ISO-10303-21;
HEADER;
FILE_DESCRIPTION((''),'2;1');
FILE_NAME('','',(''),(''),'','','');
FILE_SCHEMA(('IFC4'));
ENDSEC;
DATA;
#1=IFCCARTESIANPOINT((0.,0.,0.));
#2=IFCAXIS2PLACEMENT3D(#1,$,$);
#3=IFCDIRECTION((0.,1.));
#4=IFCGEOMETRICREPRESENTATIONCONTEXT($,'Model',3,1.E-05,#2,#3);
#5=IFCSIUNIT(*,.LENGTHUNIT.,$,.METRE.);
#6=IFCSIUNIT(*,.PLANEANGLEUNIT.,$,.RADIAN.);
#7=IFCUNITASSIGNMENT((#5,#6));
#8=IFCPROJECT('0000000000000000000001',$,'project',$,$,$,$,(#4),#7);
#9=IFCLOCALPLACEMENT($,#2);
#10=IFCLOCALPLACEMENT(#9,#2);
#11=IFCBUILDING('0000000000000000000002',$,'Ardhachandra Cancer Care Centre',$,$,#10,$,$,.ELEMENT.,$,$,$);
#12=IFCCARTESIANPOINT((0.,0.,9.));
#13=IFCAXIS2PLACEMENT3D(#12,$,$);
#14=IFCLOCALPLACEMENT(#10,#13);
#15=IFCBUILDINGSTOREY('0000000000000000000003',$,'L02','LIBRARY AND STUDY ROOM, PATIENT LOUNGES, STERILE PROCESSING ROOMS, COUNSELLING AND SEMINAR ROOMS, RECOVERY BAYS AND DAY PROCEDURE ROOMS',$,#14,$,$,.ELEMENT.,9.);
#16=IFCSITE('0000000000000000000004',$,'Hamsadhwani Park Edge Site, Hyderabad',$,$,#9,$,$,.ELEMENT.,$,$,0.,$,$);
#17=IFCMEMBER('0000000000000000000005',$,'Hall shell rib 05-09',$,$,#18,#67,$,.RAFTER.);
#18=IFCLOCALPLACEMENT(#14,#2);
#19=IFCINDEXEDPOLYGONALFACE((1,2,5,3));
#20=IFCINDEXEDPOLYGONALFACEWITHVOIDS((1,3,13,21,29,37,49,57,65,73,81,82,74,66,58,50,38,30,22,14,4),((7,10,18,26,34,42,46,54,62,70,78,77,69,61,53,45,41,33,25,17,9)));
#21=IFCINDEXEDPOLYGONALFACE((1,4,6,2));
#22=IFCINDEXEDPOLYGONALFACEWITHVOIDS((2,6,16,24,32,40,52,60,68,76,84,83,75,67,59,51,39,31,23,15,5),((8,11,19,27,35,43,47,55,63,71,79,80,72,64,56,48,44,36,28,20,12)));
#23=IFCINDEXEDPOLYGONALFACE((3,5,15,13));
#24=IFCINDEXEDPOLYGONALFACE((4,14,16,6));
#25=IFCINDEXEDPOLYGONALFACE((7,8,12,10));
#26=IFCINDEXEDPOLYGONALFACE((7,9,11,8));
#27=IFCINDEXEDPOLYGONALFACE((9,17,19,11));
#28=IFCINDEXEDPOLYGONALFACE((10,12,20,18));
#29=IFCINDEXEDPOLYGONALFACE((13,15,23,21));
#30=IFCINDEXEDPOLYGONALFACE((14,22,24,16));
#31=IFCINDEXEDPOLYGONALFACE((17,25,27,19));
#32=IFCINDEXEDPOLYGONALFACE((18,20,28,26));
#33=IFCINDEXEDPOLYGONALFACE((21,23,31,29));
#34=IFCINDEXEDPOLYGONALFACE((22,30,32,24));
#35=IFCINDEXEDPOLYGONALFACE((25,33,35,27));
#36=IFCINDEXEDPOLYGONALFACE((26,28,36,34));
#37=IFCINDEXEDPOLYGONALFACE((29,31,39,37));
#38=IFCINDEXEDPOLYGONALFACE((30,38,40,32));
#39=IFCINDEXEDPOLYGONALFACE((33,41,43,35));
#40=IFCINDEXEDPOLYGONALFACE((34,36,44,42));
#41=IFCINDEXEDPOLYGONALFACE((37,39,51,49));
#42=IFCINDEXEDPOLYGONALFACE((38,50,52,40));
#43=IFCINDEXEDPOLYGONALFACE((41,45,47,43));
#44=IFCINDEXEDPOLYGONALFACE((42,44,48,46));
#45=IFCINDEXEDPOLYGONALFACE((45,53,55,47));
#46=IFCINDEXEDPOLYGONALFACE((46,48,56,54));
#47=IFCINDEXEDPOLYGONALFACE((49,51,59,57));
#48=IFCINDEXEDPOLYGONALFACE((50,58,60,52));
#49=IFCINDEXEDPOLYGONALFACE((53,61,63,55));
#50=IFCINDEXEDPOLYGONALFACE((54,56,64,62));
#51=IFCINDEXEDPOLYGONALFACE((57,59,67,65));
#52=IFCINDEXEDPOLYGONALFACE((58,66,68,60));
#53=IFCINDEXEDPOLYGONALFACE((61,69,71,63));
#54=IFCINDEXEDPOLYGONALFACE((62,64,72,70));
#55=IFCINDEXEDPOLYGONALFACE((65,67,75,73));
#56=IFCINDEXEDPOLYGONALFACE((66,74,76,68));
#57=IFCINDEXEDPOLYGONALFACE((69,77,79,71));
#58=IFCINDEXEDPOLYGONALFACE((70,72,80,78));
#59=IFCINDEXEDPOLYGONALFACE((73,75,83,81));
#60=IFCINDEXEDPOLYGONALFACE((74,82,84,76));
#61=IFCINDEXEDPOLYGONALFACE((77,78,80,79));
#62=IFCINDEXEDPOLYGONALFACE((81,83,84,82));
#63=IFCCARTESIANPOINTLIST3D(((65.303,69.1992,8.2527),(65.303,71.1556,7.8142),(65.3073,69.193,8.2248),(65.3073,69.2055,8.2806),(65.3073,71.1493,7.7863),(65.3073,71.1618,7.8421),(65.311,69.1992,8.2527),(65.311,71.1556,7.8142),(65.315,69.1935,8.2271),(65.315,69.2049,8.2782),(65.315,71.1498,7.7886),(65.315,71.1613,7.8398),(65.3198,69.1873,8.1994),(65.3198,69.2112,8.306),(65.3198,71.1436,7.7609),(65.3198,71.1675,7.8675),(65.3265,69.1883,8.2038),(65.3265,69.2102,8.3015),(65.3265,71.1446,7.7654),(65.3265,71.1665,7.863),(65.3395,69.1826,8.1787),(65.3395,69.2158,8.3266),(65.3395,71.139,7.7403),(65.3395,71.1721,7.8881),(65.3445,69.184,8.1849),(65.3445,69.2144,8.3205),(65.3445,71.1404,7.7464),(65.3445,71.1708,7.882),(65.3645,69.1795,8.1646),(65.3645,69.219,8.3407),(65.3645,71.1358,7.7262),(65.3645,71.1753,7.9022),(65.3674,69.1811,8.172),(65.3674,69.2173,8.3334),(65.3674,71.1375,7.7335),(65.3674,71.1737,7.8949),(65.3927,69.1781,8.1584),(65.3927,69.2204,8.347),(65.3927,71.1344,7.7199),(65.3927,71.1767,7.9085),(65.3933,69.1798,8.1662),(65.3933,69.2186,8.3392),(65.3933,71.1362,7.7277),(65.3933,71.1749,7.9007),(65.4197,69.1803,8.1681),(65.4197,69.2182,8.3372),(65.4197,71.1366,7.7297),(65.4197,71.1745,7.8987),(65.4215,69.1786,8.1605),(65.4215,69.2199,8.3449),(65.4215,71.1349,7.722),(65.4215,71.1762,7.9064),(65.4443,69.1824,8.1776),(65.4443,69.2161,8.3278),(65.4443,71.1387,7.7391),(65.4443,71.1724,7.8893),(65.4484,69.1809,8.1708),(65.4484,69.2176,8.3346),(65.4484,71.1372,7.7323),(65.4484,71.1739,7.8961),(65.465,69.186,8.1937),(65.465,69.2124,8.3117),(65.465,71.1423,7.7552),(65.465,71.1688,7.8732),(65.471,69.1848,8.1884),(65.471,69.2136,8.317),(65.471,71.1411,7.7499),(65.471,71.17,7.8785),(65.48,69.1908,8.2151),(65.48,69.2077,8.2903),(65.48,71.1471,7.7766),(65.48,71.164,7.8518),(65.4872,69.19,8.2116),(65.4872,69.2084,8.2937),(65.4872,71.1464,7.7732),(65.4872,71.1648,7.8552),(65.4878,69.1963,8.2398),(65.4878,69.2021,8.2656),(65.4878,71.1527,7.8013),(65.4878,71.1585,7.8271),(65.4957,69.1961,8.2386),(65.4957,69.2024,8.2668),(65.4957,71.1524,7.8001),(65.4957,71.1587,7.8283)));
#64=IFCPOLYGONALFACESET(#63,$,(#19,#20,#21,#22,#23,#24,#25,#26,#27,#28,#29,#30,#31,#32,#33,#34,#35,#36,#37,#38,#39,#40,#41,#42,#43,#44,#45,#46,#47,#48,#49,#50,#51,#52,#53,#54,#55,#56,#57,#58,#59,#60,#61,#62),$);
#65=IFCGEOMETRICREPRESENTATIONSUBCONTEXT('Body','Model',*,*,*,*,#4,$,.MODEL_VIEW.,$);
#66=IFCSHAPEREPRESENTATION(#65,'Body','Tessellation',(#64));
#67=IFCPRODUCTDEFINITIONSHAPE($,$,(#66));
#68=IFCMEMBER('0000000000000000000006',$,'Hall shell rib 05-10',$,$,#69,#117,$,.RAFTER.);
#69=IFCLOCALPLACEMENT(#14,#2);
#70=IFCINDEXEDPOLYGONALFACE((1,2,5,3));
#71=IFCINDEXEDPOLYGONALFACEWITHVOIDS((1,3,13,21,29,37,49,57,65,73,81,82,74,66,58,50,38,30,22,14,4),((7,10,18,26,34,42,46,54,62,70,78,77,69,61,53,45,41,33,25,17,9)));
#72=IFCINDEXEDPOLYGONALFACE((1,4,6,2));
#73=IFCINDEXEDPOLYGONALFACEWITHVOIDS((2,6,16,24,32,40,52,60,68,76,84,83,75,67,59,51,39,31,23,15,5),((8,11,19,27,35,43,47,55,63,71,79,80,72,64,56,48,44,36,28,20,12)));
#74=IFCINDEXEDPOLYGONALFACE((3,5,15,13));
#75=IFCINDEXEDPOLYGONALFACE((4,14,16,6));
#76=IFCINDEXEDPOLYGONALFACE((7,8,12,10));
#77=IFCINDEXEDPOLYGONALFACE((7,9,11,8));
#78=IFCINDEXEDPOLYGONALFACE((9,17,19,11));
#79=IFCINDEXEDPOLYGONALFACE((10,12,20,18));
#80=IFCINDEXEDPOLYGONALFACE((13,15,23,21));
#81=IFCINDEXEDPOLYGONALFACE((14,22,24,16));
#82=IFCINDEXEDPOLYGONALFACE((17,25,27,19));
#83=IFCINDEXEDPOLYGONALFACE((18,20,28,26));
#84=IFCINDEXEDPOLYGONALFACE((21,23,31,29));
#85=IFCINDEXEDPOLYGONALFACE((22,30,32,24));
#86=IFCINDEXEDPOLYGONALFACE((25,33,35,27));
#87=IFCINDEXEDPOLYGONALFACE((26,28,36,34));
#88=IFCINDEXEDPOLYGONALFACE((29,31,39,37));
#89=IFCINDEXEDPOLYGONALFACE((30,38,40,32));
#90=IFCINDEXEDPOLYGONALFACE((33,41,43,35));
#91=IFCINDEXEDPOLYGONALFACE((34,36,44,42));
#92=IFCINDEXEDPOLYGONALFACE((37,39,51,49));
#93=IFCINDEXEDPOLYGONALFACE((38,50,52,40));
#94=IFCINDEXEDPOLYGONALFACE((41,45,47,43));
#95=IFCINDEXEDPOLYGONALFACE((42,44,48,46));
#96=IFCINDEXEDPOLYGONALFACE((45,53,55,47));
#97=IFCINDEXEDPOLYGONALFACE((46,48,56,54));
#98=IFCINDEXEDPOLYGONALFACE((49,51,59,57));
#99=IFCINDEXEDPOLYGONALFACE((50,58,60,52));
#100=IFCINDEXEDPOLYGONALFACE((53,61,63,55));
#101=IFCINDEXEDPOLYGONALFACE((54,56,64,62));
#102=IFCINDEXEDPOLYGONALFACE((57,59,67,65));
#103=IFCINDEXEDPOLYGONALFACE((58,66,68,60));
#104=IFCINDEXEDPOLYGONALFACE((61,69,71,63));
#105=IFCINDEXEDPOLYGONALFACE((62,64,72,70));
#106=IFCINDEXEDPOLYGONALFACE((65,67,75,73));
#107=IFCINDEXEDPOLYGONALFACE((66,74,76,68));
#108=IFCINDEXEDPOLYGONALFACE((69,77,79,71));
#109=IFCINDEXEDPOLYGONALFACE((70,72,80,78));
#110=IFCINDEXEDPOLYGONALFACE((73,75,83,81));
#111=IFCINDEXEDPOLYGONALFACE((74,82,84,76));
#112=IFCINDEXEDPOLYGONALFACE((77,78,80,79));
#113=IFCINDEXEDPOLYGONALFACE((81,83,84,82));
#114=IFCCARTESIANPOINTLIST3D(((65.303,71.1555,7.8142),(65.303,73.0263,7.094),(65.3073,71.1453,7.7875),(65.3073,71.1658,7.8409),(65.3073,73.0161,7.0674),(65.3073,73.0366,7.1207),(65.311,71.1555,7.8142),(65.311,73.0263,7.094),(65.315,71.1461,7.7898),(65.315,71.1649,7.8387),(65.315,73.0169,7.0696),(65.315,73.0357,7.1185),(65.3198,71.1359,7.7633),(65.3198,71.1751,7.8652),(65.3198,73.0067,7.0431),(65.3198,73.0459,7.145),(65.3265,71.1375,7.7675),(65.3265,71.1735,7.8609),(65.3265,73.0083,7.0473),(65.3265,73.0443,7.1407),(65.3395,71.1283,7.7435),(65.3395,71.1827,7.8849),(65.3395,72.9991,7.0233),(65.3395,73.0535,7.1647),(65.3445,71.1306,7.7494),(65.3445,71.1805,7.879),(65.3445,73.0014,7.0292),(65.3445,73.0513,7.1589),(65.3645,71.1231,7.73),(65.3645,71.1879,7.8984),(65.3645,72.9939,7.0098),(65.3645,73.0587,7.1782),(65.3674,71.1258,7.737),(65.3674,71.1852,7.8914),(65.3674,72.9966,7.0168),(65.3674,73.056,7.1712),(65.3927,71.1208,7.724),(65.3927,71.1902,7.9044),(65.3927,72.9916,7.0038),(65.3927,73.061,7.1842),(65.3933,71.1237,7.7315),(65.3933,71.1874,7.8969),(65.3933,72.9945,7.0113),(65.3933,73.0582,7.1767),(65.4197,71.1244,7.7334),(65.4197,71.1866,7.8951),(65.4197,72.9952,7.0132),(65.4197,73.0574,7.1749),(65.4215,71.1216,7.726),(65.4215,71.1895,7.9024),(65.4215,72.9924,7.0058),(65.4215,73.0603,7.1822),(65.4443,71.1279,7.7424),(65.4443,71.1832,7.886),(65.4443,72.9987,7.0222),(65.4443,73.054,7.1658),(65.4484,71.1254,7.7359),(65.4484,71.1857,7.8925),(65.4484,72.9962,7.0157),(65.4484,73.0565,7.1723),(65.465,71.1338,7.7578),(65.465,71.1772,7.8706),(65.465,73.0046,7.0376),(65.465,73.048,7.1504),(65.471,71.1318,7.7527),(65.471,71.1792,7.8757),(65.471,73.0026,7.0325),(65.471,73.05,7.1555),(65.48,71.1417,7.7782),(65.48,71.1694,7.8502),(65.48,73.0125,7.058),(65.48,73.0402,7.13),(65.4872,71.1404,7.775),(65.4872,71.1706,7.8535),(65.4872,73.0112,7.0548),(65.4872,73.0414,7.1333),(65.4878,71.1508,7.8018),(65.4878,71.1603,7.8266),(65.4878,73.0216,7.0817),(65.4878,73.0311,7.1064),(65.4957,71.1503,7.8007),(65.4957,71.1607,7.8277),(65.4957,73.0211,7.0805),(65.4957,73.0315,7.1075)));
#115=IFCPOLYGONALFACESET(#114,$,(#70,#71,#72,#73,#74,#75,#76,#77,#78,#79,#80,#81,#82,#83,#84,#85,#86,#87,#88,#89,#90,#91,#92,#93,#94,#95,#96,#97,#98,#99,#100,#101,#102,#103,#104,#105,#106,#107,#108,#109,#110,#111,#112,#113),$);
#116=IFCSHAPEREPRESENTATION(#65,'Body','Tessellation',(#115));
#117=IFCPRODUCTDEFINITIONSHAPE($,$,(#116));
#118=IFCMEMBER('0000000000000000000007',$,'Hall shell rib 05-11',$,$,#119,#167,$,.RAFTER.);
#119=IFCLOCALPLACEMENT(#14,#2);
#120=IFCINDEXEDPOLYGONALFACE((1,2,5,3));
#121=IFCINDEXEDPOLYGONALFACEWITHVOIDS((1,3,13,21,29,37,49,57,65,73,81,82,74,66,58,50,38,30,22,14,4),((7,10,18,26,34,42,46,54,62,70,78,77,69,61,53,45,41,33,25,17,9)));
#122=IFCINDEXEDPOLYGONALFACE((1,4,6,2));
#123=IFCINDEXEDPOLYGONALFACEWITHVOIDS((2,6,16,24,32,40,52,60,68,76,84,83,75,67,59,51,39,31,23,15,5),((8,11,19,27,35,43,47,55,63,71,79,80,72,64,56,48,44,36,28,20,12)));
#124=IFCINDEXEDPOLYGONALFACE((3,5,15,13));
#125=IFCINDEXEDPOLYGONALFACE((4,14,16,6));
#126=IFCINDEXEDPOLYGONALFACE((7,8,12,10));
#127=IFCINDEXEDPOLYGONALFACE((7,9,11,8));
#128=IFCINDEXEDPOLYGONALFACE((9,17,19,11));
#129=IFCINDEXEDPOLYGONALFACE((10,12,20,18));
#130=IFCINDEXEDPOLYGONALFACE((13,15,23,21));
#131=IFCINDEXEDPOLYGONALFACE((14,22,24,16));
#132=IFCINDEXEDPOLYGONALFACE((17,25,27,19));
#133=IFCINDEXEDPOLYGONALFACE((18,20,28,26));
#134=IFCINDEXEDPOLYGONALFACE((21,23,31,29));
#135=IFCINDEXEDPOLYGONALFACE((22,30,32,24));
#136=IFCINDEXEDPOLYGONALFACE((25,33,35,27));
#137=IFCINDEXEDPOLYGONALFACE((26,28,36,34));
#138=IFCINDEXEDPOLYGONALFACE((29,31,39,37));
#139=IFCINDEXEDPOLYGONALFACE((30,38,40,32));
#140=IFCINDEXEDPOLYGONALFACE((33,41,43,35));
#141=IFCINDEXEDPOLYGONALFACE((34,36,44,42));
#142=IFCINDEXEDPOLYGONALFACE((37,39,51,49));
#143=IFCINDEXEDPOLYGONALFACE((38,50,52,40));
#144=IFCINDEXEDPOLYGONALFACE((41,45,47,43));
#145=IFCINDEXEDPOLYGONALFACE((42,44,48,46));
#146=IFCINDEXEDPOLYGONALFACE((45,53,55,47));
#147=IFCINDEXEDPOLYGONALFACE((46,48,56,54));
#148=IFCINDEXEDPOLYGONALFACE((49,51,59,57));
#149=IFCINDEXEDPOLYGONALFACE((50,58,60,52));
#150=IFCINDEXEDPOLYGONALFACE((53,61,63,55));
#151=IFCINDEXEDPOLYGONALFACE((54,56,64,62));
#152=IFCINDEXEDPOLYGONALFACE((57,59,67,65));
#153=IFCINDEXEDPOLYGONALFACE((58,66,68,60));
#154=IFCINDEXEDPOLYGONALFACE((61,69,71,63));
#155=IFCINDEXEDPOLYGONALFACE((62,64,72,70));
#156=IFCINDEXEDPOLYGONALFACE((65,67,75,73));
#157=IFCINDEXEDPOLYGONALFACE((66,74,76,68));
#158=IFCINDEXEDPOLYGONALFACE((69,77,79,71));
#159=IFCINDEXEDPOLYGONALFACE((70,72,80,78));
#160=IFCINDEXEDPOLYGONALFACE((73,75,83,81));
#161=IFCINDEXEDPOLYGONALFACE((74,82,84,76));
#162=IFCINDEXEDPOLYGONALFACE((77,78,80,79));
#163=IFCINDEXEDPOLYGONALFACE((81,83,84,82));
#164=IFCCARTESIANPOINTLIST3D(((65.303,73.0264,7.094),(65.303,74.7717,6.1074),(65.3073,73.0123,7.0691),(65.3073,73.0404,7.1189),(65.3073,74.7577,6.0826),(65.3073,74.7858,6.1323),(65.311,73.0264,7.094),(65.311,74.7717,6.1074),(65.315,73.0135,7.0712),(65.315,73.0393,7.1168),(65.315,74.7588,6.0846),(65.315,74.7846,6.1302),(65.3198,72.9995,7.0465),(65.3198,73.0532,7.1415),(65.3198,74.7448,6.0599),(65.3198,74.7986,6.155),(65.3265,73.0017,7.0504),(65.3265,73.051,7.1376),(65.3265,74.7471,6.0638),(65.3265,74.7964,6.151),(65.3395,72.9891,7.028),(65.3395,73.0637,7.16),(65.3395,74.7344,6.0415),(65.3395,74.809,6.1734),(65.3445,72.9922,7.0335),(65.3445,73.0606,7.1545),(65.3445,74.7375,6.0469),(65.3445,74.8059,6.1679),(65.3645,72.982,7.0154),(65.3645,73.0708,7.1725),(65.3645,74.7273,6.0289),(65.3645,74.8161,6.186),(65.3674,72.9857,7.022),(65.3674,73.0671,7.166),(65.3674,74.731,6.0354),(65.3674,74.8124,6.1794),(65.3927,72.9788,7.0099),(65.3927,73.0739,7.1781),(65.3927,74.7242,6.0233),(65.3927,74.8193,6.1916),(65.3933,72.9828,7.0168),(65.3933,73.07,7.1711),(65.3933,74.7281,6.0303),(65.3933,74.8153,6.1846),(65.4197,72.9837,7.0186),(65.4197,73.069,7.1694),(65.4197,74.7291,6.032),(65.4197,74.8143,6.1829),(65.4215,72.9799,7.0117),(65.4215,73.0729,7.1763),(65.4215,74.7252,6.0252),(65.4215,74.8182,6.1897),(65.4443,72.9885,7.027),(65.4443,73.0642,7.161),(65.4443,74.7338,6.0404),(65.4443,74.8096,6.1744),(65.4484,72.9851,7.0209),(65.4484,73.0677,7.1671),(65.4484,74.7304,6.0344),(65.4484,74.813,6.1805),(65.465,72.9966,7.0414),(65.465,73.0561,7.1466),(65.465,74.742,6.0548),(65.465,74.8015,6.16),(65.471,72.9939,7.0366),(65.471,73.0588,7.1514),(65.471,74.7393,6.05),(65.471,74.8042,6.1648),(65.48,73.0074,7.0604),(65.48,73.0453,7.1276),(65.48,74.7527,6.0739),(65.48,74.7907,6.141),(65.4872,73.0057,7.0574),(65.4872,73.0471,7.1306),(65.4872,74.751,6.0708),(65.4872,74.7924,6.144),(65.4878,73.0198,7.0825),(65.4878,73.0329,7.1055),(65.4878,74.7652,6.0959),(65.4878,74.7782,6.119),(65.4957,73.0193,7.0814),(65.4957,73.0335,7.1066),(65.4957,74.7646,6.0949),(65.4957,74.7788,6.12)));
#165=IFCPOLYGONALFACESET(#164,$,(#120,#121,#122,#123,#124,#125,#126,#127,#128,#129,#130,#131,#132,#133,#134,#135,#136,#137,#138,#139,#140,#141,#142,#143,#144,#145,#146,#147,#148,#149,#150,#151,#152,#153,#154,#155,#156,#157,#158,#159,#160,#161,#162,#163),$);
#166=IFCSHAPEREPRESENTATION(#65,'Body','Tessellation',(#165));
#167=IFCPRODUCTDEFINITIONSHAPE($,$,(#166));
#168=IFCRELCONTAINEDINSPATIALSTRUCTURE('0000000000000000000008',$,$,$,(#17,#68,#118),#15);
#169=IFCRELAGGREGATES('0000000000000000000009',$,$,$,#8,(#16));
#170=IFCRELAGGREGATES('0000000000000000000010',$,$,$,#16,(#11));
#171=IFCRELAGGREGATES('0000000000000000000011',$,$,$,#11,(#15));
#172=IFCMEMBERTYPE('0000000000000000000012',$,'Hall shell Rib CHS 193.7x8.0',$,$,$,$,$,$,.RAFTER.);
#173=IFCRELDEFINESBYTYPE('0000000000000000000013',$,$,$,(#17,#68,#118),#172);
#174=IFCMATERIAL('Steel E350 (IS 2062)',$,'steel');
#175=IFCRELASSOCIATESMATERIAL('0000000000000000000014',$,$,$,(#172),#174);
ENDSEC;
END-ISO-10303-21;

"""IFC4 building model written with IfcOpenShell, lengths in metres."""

from ifc_helpers import new_model, si_unit, direction, frame, origin, origin_2d, place, context, subcontext, project, spatial, hollow_circle, extrude, material, material_profile, profile_set, type_object, element, save


model = new_model("IFC4")

# Units and contexts
model_context = context("Model", 3, precision=1e-05, world=origin(), true_north=direction((0.0, 1.0)))
body_context = subcontext(model_context, "Body", "Model", "MODEL_VIEW")
ifc_project = project(units=[si_unit("LENGTHUNIT", "METRE"), si_unit("PLANEANGLEUNIT", "RADIAN")], contexts=[model_context])

# Site, building, storey
site_placement = place(None, origin())
site = spatial("IfcSite", under=ifc_project, at=site_placement, Name="Hamsadhwani Park Edge Site, Hyderabad", CompositionType="ELEMENT", RefElevation=0.0)
building_placement = place(site_placement, origin())
building = spatial("IfcBuilding", under=site, at=building_placement, Name="Ardhachandra Cancer Care Centre", CompositionType="ELEMENT")
storey_placement = place(building_placement, frame((0.0, 0.0, 9.0)))
storey = spatial("IfcBuildingStorey", under=building, at=storey_placement, Name="L02", Description="LIBRARY AND STUDY ROOM, PATIENT LOUNGES, STERILE PROCESSING ROOMS, COUNSELLING AND SEMINAR ROOMS, RECOVERY BAYS AND DAY PROCEDURE ROOMS", CompositionType="ELEMENT", Elevation=9.0)

# Members
ifc_material_1 = material(Name="Steel E350 (IS 2062)", Category="steel")
ifc_material_profile_1 = material_profile(ifc_material_1, hollow_circle(Radius=0.0969, WallThickness=0.0081, at=origin_2d()), Name="CHS 193.7x8.0")
ifc_profile_set_1 = profile_set([ifc_material_profile_1], Name="Steel E350 (IS 2062)")
member_type_1 = type_object("IfcMemberType", Name="Hall shell Rib CHS 193.7x8.0", PredefinedType="RAFTER", material=ifc_profile_set_1)
member_1_placement = place(storey_placement, frame((65.3999, 69.1992, 8.2527), z_axis=(0.0, 0.97579, -0.218709), x_axis=(-1.0, 0.0, 0.0)))
element("IfcMember", 1, at=member_1_placement, inside=storey, type_object=member_type_1, Name="Hall shell rib 05-09", PredefinedType="RAFTER", context=body_context, shape_type="SweptSolid", body=[
    extrude(hollow_circle(Radius=0.0969, WallThickness=0.0081, at=origin_2d()), origin(), (0.0, 0.0, 1.0), 2.0049),
])
member_2_placement = place(storey_placement, frame((65.3999, 71.1555, 7.8142), z_axis=(0.0, 0.933236, -0.359265), x_axis=(-1.0, 0.0, 0.0)))
element("IfcMember", 2, at=member_2_placement, inside=storey, type_object=member_type_1, Name="Hall shell rib 05-10", PredefinedType="RAFTER", context=body_context, shape_type="SweptSolid", body=[
    extrude(hollow_circle(Radius=0.0969, WallThickness=0.0081, at=origin_2d()), origin(), (0.0, 0.0, 1.0), 2.0046),
])
member_3_placement = place(storey_placement, frame((65.3999, 73.0264, 7.094), z_axis=(0.0, 0.870549, -0.492081), x_axis=(-1.0, 0.0, 0.0)))
element("IfcMember", 3, at=member_3_placement, inside=storey, type_object=member_type_1, Name="Hall shell rib 05-11", PredefinedType="RAFTER", context=body_context, shape_type="SweptSolid", body=[
    extrude(hollow_circle(Radius=0.0969, WallThickness=0.0081, at=origin_2d()), origin(), (0.0, 0.0, 1.0), 2.0049),
])

save(model, "model.ifc")
